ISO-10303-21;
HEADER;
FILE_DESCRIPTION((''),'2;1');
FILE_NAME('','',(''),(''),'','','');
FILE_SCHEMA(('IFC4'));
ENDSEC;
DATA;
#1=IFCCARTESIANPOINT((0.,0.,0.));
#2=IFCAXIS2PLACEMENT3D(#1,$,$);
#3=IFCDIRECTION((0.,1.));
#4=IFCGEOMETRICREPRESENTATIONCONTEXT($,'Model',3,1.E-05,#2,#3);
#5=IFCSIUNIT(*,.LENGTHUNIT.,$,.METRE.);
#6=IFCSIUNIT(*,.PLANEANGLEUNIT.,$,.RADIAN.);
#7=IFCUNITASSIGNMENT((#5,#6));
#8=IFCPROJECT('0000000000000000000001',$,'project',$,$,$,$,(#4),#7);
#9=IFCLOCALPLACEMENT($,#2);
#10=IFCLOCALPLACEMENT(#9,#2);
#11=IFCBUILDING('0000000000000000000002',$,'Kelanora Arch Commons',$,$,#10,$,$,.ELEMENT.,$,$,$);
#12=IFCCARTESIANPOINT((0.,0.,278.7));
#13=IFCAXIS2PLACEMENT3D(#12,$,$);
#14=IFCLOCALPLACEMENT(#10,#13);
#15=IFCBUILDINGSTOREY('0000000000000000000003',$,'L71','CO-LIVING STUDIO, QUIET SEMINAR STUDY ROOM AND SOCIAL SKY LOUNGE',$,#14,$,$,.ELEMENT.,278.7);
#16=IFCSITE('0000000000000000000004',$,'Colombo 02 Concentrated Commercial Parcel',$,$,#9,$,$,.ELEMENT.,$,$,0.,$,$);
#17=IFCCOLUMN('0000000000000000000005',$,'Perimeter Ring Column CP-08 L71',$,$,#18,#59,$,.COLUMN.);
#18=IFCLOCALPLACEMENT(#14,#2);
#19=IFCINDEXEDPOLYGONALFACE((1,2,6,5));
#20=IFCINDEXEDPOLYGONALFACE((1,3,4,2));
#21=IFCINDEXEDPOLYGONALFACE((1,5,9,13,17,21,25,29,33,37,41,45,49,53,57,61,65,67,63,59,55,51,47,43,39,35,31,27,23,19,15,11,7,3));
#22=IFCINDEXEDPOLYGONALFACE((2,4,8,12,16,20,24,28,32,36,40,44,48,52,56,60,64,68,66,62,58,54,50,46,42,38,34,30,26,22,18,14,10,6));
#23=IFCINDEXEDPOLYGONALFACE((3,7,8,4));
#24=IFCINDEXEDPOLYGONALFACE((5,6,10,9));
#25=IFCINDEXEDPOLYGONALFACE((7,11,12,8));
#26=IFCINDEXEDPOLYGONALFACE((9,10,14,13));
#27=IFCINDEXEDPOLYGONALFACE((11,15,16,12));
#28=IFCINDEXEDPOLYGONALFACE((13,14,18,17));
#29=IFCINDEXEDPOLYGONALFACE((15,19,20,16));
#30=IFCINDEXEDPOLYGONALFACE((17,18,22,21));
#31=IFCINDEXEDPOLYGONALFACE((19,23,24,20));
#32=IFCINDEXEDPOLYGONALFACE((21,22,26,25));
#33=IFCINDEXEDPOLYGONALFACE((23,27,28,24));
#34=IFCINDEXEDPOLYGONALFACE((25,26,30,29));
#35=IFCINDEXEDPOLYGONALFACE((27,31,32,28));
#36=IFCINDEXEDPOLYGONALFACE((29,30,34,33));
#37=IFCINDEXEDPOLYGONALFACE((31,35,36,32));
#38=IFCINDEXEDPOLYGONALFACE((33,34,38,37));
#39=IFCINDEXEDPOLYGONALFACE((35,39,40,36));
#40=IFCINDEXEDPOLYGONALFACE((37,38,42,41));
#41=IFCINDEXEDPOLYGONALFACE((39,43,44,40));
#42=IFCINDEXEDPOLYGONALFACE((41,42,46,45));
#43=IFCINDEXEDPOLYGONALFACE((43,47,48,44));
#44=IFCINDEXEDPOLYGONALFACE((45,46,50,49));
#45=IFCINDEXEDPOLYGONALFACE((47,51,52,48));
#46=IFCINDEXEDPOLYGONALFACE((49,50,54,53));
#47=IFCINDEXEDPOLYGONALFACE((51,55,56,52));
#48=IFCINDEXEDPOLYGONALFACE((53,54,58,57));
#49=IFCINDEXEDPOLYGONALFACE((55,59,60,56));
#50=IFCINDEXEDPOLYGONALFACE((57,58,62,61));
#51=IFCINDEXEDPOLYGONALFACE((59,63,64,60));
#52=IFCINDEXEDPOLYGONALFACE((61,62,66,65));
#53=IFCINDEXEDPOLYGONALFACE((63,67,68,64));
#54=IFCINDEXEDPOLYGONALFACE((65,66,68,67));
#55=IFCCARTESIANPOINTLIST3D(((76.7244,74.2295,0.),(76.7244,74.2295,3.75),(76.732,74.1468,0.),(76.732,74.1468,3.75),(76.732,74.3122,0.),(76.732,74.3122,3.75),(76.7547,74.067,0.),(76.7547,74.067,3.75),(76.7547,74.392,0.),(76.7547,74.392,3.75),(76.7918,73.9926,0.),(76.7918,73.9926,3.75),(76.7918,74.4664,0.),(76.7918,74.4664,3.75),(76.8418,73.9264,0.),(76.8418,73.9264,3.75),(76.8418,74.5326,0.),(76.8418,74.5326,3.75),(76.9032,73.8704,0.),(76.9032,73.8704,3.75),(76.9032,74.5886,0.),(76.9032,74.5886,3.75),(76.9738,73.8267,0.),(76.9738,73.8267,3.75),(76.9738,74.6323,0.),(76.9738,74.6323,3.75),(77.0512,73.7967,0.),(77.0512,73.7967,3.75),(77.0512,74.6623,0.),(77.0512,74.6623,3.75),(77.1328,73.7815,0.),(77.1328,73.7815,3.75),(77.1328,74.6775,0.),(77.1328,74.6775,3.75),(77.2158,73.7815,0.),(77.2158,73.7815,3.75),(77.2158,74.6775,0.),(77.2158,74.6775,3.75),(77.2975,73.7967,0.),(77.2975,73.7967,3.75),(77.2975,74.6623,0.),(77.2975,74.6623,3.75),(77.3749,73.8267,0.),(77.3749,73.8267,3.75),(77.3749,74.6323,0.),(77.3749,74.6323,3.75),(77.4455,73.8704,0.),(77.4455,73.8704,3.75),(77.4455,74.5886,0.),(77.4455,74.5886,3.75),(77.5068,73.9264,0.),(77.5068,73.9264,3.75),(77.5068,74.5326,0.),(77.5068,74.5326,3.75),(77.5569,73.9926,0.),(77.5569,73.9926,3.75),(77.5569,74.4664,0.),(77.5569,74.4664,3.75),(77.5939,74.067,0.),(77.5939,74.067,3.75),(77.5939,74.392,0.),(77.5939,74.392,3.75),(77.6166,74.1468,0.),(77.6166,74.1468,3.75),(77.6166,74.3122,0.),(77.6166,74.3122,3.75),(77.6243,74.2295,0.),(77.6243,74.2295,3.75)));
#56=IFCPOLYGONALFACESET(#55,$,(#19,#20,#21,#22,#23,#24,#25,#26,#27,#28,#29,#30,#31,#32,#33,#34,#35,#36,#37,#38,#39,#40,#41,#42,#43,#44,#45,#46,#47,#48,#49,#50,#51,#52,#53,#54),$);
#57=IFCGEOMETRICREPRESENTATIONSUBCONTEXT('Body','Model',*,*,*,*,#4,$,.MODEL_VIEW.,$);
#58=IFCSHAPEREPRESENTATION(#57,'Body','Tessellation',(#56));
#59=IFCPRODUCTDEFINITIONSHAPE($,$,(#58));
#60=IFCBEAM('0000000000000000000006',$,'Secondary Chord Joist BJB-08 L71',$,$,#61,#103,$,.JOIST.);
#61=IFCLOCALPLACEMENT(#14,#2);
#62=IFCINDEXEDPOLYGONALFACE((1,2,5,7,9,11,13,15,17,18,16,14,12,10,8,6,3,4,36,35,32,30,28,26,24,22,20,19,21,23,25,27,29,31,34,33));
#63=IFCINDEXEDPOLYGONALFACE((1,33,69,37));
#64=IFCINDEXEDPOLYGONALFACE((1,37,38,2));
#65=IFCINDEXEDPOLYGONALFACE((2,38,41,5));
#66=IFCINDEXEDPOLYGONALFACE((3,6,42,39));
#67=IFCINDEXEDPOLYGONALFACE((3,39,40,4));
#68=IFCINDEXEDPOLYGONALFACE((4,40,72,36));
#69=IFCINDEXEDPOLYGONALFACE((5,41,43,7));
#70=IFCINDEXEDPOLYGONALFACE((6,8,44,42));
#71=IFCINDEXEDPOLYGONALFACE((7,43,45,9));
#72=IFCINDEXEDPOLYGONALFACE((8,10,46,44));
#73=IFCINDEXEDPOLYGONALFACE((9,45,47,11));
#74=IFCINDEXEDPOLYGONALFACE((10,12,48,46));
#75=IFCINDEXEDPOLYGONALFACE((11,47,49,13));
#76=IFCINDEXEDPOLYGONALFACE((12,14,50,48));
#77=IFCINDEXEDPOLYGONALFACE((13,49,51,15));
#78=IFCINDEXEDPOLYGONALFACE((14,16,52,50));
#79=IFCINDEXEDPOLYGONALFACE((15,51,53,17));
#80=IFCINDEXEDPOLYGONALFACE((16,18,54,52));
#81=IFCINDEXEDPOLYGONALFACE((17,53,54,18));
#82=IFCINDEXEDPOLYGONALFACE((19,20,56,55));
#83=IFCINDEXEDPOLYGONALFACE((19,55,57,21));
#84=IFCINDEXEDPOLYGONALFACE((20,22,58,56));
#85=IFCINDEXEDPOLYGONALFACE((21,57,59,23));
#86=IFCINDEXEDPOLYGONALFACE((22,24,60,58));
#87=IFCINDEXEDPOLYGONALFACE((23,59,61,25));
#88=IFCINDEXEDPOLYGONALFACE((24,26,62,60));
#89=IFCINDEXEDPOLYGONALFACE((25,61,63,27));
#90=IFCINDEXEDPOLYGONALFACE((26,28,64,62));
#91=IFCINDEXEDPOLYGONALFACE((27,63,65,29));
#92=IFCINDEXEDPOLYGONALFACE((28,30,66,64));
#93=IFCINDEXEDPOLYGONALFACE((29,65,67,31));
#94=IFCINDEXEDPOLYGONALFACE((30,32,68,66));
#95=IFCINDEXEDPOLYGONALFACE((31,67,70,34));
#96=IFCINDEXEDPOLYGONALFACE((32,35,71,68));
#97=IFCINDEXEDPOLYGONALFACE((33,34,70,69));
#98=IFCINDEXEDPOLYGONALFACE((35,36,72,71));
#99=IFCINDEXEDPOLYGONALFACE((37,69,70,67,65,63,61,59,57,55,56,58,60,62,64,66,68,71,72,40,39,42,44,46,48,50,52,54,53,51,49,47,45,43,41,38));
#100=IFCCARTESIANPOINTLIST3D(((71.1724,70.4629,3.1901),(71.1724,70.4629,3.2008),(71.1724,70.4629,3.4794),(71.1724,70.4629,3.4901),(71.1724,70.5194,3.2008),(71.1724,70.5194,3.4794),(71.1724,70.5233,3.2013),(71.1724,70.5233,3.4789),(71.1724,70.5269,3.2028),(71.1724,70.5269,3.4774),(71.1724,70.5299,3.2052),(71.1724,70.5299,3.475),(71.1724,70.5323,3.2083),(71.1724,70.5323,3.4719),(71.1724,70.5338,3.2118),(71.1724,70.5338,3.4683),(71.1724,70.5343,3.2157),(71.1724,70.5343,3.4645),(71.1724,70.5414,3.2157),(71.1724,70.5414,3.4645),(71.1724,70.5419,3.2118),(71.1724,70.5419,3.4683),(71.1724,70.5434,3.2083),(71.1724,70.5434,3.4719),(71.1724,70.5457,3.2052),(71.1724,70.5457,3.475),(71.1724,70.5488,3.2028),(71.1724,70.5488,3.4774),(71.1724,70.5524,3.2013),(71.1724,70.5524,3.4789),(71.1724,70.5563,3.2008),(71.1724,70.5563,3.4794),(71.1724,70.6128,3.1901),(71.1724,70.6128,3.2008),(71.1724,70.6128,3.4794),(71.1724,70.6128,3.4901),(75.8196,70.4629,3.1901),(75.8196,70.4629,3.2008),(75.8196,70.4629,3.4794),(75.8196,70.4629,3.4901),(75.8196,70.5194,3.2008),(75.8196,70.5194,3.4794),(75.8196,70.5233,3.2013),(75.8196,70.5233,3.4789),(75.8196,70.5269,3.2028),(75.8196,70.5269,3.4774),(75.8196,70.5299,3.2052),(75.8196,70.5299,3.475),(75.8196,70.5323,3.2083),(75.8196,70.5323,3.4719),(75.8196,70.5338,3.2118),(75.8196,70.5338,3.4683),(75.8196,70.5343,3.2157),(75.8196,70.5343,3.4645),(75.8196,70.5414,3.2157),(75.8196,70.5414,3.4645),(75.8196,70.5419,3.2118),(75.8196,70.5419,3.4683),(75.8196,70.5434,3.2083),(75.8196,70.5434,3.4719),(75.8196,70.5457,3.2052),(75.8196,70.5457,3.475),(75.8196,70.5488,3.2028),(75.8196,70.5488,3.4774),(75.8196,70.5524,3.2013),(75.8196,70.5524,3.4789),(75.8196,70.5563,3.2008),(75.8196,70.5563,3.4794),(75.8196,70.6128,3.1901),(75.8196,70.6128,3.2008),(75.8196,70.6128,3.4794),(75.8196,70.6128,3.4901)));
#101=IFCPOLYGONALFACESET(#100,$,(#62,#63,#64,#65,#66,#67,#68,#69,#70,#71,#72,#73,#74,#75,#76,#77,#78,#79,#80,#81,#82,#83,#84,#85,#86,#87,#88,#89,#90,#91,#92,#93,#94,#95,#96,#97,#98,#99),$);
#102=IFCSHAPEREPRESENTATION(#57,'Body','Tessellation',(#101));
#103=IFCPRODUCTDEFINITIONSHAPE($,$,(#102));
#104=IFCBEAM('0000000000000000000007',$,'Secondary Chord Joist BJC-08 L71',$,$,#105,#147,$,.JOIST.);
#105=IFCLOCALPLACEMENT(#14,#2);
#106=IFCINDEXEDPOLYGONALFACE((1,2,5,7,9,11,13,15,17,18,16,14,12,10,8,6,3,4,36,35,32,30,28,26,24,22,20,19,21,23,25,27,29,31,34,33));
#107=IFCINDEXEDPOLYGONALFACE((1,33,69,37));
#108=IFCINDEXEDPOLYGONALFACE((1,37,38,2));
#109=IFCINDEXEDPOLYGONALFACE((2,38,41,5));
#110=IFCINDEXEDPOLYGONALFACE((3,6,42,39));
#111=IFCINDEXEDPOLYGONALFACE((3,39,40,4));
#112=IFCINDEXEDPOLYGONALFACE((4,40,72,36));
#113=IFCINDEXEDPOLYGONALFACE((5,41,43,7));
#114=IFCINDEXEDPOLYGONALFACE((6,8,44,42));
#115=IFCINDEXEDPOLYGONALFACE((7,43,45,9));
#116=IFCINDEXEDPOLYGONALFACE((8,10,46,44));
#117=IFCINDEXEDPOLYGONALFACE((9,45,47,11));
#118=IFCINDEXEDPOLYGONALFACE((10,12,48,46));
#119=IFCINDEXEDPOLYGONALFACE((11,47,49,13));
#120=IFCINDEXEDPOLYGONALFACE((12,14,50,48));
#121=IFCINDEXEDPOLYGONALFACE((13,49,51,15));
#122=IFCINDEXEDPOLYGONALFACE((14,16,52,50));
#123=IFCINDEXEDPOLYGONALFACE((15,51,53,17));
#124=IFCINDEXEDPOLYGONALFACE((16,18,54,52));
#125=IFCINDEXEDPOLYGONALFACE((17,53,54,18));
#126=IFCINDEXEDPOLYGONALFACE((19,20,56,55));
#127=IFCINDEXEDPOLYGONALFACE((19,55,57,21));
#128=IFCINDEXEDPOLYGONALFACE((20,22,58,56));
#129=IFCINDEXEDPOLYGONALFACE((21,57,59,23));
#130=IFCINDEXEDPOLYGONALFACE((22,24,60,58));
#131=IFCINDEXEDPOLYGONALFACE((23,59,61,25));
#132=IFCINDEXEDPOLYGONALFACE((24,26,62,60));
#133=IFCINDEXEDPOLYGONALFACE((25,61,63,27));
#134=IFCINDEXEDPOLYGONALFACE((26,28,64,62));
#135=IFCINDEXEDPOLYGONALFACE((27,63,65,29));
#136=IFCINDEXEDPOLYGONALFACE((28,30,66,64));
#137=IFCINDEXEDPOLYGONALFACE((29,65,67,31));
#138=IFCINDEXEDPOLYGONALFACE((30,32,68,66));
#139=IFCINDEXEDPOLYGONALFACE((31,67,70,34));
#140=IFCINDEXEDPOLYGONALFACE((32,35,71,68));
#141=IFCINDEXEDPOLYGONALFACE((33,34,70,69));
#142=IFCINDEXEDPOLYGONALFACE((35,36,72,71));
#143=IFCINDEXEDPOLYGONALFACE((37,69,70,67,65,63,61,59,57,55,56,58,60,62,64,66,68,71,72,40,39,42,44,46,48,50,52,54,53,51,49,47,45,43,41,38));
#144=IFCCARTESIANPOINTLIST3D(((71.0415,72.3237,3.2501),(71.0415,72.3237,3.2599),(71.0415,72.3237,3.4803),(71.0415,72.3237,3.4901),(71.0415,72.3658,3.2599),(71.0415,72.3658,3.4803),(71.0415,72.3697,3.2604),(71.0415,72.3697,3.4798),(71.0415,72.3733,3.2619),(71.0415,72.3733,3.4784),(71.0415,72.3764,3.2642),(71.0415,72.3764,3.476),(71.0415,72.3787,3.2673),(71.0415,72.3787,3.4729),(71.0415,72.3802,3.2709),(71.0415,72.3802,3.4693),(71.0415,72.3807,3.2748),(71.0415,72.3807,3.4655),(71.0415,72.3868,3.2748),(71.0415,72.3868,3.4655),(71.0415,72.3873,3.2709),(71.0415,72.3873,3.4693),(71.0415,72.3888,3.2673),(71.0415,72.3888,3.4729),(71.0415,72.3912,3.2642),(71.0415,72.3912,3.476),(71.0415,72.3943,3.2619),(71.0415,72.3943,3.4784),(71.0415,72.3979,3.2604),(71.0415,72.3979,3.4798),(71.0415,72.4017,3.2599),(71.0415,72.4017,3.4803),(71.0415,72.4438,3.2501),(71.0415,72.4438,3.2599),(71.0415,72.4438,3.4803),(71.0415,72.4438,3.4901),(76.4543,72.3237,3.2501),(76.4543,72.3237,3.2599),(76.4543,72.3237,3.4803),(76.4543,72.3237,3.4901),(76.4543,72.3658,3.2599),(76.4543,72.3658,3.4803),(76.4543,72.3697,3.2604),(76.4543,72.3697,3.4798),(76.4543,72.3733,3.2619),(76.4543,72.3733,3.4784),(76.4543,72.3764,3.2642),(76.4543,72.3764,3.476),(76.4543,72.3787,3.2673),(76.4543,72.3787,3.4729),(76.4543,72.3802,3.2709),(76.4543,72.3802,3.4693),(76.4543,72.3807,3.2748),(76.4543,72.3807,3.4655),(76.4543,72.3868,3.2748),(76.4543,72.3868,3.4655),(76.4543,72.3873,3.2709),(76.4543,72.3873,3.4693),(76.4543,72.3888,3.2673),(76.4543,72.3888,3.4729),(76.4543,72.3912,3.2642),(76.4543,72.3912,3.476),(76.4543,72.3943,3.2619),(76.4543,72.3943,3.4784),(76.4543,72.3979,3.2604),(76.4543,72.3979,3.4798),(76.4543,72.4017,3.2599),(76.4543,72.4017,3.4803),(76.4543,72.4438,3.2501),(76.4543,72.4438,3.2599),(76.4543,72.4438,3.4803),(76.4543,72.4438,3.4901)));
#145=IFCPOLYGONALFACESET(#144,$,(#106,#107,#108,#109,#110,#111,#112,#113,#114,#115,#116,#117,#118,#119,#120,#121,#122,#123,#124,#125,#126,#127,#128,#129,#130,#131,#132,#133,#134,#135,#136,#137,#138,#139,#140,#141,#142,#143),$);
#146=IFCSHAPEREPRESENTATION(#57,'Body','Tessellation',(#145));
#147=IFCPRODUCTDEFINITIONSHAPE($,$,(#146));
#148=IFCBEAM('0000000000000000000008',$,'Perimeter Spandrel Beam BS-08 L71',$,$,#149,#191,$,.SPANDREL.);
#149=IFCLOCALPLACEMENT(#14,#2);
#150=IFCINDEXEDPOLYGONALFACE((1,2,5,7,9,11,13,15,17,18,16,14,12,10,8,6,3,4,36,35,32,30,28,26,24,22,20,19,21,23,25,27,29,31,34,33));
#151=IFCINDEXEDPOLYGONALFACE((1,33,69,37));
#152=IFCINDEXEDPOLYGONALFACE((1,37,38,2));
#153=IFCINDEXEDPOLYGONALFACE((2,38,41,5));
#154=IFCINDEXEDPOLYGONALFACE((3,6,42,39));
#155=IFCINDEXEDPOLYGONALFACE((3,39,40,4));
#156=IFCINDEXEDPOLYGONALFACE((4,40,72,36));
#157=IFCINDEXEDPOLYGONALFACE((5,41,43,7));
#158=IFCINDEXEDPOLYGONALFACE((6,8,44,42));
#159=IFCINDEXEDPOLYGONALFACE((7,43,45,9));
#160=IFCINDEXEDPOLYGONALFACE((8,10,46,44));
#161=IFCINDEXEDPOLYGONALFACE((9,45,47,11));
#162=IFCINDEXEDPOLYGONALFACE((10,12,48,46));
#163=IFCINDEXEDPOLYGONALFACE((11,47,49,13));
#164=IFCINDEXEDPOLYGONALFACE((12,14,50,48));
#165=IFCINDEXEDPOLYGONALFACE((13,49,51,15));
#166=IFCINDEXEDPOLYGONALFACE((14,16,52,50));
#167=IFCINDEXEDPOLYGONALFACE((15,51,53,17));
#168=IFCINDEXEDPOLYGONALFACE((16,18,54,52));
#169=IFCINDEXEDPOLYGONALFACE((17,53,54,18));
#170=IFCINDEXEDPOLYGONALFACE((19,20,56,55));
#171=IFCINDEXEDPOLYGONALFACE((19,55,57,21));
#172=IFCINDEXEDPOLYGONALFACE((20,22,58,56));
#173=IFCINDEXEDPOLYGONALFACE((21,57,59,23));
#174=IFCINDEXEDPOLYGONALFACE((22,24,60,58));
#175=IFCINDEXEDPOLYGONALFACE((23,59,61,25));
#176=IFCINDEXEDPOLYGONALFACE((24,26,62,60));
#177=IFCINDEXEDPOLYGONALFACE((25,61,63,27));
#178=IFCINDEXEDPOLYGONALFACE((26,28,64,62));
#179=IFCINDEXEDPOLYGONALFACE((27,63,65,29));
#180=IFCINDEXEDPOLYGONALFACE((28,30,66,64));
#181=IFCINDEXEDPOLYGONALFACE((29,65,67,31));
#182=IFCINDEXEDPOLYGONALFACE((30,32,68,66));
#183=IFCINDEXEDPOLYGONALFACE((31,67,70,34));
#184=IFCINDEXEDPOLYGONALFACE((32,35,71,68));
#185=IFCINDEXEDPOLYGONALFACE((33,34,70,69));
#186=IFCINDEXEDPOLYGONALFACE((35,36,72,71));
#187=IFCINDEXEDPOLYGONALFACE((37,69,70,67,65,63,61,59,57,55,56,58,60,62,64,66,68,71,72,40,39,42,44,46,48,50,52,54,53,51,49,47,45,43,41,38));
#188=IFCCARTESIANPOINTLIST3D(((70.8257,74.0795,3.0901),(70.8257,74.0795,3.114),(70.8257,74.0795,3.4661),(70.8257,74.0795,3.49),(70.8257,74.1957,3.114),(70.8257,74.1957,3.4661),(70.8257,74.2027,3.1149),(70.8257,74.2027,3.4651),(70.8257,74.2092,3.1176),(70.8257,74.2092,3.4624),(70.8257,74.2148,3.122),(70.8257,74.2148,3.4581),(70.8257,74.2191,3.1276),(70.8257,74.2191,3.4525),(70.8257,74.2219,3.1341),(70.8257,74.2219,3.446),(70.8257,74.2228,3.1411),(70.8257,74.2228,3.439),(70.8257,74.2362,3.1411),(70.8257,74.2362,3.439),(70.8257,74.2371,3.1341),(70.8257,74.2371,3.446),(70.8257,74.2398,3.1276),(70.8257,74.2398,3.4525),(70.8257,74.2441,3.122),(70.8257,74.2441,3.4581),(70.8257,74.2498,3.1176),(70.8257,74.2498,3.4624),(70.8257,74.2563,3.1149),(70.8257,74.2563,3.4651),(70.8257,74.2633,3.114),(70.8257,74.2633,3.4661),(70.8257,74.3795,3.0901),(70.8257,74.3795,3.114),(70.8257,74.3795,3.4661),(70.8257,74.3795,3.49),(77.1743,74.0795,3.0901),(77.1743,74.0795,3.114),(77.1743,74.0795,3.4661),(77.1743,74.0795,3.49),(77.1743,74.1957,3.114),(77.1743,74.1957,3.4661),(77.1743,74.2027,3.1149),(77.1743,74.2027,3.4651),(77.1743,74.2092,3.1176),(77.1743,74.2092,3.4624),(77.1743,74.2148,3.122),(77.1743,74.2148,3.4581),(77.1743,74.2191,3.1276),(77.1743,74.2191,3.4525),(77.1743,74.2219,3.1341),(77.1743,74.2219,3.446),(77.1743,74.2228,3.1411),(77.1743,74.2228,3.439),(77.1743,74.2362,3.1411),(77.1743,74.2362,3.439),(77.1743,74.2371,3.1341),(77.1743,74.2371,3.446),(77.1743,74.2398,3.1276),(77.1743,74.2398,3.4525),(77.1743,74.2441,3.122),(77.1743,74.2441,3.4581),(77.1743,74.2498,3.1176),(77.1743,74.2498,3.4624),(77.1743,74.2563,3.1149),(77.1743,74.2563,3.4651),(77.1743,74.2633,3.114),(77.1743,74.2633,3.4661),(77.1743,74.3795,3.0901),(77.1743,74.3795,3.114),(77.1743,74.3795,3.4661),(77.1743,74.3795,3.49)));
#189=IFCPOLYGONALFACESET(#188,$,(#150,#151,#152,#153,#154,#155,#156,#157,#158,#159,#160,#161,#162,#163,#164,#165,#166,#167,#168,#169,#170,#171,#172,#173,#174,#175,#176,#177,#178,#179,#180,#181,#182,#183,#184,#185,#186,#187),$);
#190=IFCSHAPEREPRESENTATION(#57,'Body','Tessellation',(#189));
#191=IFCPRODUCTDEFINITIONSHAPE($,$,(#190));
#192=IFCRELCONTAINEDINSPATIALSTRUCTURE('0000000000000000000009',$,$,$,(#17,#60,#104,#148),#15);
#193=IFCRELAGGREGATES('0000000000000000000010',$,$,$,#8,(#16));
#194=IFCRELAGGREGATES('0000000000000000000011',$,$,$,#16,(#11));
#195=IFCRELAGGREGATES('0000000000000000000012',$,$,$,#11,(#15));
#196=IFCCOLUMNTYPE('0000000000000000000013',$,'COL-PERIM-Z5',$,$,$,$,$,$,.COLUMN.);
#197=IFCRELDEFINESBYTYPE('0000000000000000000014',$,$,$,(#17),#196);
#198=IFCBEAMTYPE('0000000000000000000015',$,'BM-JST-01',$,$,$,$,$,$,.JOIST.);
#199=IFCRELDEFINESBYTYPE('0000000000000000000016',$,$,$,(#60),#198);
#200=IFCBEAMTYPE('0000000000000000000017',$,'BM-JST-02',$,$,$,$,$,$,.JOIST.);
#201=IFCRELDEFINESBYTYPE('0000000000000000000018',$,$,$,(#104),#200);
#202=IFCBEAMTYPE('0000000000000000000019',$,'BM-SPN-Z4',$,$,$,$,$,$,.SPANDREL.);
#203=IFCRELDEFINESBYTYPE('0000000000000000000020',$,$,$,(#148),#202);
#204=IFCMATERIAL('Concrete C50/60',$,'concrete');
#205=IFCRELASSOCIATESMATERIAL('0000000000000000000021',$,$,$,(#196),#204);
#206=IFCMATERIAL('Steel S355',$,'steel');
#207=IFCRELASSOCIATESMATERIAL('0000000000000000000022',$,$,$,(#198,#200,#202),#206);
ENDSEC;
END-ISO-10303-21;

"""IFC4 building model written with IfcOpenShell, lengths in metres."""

from ifc_helpers import new_model, si_unit, direction, frame, origin, origin_2d, place, context, subcontext, project, spatial, circle, i_section, extrude, material, material_profile, profile_set, type_object, element, save


model = new_model("IFC4")

# Units and contexts
model_context = context("Model", 3, precision=1e-05, world=origin(), true_north=direction((0.0, 1.0)))
body_context = subcontext(model_context, "Body", "Model", "MODEL_VIEW")
ifc_project = project(units=[si_unit("LENGTHUNIT", "METRE"), si_unit("PLANEANGLEUNIT", "RADIAN")], contexts=[model_context])

# Site, building, storey
site_placement = place(None, origin())
site = spatial("IfcSite", under=ifc_project, at=site_placement, Name="Colombo 02 Concentrated Commercial Parcel", CompositionType="ELEMENT", RefElevation=0.0)
building_placement = place(site_placement, origin())
building = spatial("IfcBuilding", under=site, at=building_placement, Name="Kelanora Arch Commons", CompositionType="ELEMENT")
storey_placement = place(building_placement, frame((0.0, 0.0, 278.7)))
storey = spatial("IfcBuildingStorey", under=building, at=storey_placement, Name="L71", Description="CO-LIVING STUDIO, QUIET SEMINAR STUDY ROOM AND SOCIAL SKY LOUNGE", CompositionType="ELEMENT", Elevation=278.7)

# Column
ifc_material_1 = material(Name="Concrete C50/60", Category="concrete")
ifc_material_profile_1 = material_profile(ifc_material_1, circle(Radius=0.45, at=origin_2d()), Name="RCC900")
ifc_profile_set_1 = profile_set([ifc_material_profile_1], Name="Concrete C50/60")
column_type = type_object("IfcColumnType", Name="COL-PERIM-Z5", PredefinedType="COLUMN", material=ifc_profile_set_1)
column_placement = place(storey_placement, frame((77.1743, 74.2295, 0.0), z_axis=(0.0, 0.0, 1.0), x_axis=(1.0, 0.0, 0.0)))
element("IfcColumn", 1, at=column_placement, inside=storey, type_object=column_type, Name="Perimeter Ring Column CP-08 L71", PredefinedType="COLUMN", context=body_context, shape_type="SweptSolid", body=[
    extrude(circle(Radius=0.45, at=origin_2d()), origin(), (0.0, 0.0, 1.0), 3.75),
])

# Beams
ifc_material_2 = material(Name="Steel S355", Category="steel")
ifc_material_profile_2 = material_profile(ifc_material_2, i_section(OverallWidth=0.1499, OverallDepth=0.3, WebThickness=0.0071, FlangeThickness=0.0107, FilletRadius=0.0149, at=origin_2d()), Name="IPE300")
ifc_profile_set_2 = profile_set([ifc_material_profile_2], Name="Steel S355")
beam_type_1 = type_object("IfcBeamType", Name="BM-JST-01", PredefinedType="JOIST", material=ifc_profile_set_2)
beam_1_placement = place(storey_placement, frame((75.8196, 70.5378, 3.3401), z_axis=(-1.0, 0.0, 0.0), x_axis=(0.0, -1.0, 0.0)))
element("IfcBeam", 2, at=beam_1_placement, inside=storey, type_object=beam_type_1, Name="Secondary Chord Joist BJB-08 L71", PredefinedType="JOIST", context=body_context, shape_type="SweptSolid", body=[
    extrude(i_section(OverallWidth=0.1499, OverallDepth=0.3, WebThickness=0.0071, FlangeThickness=0.0107, FilletRadius=0.0149, at=origin_2d()), origin(), (0.0, 0.0, 1.0), 4.6472),
])
ifc_material_profile_3 = material_profile(ifc_material_2, i_section(OverallWidth=0.1201, OverallDepth=0.24, WebThickness=0.0061, FlangeThickness=0.0098, FilletRadius=0.0149, at=origin_2d()), Name="IPE240")
ifc_profile_set_3 = profile_set([ifc_material_profile_3], Name="Steel S355")
beam_type_2 = type_object("IfcBeamType", Name="BM-JST-02", PredefinedType="JOIST", material=ifc_profile_set_3)
beam_2_placement = place(storey_placement, frame((76.4543, 72.3838, 3.3701), z_axis=(-1.0, 0.0, 0.0), x_axis=(0.0, -1.0, 0.0)))
element("IfcBeam", 3, at=beam_2_placement, inside=storey, type_object=beam_type_2, Name="Secondary Chord Joist BJC-08 L71", PredefinedType="JOIST", context=body_context, shape_type="SweptSolid", body=[
    extrude(i_section(OverallWidth=0.1201, OverallDepth=0.24, WebThickness=0.0061, FlangeThickness=0.0098, FilletRadius=0.0149, at=origin_2d()), origin(), (0.0, 0.0, 1.0), 5.4128),
])
ifc_material_profile_4 = material_profile(ifc_material_2, i_section(OverallWidth=0.3, OverallDepth=0.3999, WebThickness=0.0134, FlangeThickness=0.0239, FilletRadius=0.0271, at=origin_2d()), Name="HEB400")
ifc_profile_set_4 = profile_set([ifc_material_profile_4], Name="Steel S355")
beam_type_3 = type_object("IfcBeamType", Name="BM-SPN-Z4", PredefinedType="SPANDREL", material=ifc_profile_set_4)
beam_3_placement = place(storey_placement, frame((77.1743, 74.2295, 3.29), z_axis=(-1.0, 0.0, 0.0), x_axis=(0.0, -1.0, 0.0)))
element("IfcBeam", 4, at=beam_3_placement, inside=storey, type_object=beam_type_3, Name="Perimeter Spandrel Beam BS-08 L71", PredefinedType="SPANDREL", context=body_context, shape_type="SweptSolid", body=[
    extrude(i_section(OverallWidth=0.3, OverallDepth=0.3999, WebThickness=0.0134, FlangeThickness=0.0239, FilletRadius=0.0271, at=origin_2d()), origin(), (0.0, 0.0, 1.0), 6.3486),
])

save(model, "model.ifc")
